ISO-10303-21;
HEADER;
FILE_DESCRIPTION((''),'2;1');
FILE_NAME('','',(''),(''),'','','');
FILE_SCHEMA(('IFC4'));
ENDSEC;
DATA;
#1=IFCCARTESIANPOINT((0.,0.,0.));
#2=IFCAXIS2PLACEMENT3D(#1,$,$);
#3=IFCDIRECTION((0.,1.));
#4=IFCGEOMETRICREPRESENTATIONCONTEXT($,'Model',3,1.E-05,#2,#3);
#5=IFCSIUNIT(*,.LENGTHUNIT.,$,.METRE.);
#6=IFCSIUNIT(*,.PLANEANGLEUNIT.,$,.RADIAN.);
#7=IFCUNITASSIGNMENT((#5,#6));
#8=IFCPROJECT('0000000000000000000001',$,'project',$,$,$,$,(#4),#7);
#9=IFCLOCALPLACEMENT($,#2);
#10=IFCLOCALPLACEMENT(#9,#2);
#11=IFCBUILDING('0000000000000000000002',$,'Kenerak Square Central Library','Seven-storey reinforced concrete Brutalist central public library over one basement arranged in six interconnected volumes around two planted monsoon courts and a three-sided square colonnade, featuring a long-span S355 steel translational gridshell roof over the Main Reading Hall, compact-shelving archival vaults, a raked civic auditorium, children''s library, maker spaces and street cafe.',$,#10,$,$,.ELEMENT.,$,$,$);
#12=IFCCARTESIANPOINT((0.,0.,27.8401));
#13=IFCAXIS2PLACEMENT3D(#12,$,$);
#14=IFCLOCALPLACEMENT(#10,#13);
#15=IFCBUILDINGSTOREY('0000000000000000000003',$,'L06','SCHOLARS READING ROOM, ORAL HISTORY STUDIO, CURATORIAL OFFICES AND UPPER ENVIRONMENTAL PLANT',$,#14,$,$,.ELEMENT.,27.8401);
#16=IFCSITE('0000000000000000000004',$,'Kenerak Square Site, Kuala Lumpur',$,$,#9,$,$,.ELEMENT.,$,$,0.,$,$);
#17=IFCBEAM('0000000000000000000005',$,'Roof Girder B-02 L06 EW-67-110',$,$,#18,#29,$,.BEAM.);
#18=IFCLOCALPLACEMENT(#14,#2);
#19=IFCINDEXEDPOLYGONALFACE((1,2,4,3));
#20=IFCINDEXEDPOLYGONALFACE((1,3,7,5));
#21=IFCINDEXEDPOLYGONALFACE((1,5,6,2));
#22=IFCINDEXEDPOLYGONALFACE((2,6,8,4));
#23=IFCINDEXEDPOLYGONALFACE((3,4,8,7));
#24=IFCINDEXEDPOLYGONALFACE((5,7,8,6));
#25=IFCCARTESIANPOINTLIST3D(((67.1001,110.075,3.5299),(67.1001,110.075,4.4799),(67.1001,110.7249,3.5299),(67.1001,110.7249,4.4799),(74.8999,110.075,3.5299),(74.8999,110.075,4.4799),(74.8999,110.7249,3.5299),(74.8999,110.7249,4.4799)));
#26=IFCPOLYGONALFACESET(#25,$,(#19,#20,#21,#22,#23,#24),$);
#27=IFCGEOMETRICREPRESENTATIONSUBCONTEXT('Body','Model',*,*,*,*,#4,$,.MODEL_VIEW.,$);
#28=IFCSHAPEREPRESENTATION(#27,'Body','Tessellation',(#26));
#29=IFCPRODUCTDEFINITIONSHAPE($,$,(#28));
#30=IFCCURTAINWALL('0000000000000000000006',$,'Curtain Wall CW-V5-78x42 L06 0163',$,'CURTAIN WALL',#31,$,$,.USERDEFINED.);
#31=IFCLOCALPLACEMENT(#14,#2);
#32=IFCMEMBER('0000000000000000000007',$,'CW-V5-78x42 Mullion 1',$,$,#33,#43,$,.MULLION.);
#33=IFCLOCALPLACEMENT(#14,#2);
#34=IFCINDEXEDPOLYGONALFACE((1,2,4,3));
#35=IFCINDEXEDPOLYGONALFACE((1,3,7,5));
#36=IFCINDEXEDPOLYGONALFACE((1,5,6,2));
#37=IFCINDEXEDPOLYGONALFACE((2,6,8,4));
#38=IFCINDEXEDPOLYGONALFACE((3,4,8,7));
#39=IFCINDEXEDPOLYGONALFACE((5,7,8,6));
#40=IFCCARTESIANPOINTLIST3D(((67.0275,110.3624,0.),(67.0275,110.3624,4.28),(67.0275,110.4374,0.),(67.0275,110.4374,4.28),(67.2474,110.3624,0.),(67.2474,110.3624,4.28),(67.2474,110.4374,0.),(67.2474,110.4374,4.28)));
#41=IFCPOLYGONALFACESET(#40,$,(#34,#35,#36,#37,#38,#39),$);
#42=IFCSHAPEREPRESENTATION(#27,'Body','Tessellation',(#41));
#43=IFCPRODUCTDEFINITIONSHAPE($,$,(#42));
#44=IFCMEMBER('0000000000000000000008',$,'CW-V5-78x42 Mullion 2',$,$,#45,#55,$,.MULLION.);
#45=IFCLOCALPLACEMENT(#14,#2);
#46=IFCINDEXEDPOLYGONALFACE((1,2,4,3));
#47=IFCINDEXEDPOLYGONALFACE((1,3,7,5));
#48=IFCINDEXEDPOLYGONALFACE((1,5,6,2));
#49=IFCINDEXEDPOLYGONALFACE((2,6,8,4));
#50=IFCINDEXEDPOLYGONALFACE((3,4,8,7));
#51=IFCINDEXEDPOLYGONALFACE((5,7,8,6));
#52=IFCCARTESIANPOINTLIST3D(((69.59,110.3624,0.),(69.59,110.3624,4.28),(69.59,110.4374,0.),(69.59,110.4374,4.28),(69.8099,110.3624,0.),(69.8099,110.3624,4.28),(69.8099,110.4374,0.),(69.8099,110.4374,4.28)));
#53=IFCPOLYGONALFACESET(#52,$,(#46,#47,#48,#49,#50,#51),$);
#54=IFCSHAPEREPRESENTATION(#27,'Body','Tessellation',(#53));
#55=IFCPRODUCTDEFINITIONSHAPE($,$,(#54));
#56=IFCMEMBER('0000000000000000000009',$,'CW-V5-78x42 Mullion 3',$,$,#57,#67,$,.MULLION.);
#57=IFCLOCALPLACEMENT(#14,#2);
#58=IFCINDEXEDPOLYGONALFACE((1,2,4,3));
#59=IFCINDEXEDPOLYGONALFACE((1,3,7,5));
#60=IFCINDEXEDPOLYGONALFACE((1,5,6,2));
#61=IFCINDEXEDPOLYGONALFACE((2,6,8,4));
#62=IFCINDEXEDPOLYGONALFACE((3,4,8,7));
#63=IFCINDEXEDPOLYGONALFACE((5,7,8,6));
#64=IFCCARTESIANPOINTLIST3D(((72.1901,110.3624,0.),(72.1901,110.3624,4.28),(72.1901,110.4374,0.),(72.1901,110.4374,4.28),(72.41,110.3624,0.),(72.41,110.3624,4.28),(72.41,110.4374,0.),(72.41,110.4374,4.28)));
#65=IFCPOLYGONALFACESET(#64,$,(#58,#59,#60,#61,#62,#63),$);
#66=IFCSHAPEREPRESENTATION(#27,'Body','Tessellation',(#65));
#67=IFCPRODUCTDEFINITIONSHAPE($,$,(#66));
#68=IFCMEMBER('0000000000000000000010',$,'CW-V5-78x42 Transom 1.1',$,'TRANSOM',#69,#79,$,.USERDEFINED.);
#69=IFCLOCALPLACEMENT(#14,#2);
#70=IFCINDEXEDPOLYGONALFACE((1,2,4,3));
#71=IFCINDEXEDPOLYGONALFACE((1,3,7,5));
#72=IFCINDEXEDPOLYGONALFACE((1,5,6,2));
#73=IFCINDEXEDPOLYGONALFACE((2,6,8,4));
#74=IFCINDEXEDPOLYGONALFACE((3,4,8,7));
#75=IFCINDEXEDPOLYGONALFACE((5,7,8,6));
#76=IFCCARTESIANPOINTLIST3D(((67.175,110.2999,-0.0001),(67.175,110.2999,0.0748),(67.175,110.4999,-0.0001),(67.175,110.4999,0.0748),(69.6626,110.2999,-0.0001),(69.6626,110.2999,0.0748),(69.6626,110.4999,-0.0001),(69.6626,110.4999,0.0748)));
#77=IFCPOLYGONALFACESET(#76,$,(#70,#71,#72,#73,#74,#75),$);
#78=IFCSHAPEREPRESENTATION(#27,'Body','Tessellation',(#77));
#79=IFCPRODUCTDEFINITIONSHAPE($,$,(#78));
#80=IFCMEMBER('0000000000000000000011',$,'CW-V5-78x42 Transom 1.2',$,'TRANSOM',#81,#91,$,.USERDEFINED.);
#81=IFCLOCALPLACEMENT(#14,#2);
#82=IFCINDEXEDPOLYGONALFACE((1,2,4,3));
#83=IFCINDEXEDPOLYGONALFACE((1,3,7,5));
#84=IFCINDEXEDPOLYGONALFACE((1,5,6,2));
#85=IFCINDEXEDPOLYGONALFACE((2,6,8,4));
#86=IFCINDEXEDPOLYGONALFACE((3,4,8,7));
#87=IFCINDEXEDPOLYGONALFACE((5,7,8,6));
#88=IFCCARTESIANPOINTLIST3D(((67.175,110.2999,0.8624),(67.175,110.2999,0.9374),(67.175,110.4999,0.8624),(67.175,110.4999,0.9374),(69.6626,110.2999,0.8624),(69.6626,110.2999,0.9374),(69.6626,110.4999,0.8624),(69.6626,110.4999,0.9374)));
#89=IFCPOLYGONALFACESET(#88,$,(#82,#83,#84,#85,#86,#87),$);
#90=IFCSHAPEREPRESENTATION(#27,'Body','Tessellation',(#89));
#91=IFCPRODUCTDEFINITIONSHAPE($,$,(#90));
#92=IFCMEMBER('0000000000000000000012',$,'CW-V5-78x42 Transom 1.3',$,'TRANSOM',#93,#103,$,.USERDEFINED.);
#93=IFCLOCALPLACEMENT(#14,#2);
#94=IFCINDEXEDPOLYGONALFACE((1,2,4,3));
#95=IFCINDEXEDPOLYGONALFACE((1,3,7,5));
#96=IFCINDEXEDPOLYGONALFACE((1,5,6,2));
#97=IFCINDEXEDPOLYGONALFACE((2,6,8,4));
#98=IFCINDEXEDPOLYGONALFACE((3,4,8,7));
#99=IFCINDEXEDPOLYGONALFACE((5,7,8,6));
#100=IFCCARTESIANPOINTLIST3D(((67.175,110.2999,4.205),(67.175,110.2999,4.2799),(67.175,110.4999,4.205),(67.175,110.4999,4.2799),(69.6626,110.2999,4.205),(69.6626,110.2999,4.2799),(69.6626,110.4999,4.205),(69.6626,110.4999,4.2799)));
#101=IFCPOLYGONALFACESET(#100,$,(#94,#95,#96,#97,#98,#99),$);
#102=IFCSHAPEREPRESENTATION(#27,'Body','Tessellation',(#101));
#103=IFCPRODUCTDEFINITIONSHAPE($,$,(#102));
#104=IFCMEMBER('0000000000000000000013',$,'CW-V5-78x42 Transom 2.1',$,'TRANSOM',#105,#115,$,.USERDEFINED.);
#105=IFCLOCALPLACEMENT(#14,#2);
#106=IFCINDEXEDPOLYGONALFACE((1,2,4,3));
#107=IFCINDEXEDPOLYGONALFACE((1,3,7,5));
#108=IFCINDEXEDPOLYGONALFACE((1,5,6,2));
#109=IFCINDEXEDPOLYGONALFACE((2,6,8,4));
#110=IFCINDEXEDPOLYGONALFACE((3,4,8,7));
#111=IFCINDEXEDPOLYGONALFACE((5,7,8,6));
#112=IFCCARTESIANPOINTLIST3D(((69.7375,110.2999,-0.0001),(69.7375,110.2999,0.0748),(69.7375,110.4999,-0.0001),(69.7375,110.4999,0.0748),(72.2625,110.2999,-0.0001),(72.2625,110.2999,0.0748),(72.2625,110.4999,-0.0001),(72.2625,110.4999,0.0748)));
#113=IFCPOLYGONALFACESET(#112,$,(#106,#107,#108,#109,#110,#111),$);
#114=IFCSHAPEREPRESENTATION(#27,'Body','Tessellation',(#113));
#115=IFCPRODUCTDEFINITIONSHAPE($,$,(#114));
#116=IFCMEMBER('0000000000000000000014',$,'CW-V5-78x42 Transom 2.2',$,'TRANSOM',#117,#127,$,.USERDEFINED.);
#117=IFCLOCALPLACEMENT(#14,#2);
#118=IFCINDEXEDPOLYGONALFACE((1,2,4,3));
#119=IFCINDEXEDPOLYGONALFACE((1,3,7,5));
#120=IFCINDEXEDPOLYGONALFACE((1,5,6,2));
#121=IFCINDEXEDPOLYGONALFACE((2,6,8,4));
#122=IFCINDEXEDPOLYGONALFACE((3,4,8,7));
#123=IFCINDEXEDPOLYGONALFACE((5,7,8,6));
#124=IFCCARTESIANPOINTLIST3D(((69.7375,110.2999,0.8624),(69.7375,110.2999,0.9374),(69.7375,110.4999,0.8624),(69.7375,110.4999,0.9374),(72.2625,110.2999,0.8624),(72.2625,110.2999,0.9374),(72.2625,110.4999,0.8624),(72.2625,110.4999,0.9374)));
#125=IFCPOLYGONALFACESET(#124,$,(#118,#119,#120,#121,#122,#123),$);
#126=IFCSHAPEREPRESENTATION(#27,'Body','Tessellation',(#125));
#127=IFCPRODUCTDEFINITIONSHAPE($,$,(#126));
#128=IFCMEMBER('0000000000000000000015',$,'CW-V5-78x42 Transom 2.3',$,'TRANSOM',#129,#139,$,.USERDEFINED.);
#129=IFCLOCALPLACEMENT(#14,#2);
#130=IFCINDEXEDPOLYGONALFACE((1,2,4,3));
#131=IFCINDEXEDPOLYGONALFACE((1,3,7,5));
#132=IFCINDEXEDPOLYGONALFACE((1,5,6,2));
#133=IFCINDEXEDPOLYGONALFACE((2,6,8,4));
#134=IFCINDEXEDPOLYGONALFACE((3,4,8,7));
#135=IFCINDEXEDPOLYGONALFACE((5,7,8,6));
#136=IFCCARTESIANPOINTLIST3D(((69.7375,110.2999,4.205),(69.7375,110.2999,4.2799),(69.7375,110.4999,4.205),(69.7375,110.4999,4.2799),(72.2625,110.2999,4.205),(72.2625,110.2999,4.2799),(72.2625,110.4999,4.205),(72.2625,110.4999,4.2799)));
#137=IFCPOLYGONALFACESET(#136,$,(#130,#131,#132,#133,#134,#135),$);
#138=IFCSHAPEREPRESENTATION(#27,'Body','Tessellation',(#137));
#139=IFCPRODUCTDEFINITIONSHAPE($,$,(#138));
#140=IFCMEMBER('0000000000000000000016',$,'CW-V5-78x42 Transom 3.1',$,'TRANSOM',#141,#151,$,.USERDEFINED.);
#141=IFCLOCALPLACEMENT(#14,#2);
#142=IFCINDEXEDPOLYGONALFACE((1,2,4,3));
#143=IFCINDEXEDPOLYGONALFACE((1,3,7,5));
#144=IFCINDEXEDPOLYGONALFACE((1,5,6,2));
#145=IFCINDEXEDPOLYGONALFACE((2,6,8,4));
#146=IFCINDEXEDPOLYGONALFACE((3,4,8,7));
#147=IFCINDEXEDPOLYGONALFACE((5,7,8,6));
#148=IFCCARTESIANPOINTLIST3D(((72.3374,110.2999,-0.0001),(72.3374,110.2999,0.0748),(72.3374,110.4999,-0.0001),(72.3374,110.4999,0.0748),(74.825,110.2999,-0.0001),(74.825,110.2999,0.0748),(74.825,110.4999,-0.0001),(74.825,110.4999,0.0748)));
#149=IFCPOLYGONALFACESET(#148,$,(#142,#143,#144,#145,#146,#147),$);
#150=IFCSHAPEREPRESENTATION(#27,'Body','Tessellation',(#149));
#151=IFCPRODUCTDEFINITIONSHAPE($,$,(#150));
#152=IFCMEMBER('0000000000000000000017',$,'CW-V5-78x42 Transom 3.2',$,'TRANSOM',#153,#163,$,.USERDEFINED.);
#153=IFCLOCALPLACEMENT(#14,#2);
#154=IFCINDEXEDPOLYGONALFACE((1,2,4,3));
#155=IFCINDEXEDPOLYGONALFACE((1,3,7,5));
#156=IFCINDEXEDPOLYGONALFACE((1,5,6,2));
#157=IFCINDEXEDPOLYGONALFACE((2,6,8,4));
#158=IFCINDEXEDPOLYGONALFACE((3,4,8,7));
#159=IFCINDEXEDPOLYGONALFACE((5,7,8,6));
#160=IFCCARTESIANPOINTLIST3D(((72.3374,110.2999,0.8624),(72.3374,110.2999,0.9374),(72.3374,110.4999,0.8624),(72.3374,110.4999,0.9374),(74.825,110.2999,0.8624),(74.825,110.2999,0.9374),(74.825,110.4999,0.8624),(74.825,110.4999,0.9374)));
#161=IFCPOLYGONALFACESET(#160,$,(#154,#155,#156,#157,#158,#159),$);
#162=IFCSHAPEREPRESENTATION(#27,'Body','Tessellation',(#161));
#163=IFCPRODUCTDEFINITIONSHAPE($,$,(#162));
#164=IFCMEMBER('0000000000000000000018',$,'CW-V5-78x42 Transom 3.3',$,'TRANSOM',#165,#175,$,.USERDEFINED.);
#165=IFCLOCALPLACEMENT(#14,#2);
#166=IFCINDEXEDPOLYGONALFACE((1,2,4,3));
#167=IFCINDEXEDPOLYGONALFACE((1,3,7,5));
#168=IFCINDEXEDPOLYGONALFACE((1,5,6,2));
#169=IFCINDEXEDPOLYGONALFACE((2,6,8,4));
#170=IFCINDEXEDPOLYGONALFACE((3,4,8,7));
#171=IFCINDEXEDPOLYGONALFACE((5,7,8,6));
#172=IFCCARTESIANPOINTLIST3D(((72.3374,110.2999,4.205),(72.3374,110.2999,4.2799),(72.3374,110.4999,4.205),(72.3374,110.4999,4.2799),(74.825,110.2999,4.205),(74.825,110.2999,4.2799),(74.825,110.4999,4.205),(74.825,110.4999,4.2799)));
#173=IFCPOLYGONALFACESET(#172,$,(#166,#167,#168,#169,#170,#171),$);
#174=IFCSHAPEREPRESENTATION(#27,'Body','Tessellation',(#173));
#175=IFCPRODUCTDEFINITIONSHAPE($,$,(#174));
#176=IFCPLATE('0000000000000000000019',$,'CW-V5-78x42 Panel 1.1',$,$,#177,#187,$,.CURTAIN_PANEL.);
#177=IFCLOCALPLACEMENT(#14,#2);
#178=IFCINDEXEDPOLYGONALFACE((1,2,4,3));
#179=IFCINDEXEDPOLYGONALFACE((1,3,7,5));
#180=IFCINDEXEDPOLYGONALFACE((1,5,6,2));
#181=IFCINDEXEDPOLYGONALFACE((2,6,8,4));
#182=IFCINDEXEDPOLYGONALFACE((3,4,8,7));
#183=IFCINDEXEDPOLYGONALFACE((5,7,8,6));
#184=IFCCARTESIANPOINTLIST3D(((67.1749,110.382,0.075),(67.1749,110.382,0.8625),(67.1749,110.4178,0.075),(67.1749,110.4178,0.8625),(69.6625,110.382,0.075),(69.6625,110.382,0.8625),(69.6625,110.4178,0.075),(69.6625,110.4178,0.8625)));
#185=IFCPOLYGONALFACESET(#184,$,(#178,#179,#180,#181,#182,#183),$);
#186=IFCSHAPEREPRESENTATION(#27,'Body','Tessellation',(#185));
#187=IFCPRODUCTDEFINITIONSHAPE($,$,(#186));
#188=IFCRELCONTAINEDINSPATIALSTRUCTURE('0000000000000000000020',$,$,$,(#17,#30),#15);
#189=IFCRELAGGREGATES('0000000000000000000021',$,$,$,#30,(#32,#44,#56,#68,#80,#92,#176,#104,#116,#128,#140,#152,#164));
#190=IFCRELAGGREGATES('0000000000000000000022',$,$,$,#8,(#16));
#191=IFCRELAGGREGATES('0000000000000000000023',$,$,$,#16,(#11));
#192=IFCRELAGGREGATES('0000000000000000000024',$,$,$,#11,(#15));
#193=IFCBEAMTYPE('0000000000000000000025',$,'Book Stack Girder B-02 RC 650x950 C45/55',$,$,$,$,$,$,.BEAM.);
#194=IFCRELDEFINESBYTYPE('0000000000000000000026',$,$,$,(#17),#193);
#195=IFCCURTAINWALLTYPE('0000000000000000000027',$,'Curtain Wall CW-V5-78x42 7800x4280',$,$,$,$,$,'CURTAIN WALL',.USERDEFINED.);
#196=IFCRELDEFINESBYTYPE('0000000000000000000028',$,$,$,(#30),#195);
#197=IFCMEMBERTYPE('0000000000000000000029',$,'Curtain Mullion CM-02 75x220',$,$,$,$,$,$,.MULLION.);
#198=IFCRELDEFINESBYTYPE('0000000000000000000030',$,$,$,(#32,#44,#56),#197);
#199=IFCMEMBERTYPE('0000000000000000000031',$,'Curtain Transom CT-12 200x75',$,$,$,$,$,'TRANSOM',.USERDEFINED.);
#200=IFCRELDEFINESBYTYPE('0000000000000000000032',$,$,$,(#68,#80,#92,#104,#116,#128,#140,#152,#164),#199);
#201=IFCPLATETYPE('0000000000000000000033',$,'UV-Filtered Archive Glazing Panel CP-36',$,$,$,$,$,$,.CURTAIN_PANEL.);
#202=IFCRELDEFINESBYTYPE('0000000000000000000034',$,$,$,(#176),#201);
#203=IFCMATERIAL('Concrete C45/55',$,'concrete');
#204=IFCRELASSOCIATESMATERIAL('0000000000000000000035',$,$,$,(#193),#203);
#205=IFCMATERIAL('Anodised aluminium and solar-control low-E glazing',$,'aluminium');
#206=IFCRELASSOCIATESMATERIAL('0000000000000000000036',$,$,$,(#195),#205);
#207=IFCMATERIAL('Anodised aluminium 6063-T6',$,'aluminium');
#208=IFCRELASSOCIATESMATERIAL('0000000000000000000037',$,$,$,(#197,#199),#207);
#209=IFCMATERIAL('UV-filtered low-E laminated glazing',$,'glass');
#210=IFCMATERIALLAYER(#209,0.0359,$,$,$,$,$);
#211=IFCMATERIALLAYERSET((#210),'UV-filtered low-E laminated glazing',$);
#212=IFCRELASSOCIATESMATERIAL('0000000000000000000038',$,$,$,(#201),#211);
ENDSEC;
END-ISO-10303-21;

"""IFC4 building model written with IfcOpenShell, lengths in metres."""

from ifc_helpers import new_model, si_unit, direction, frame, origin, origin_2d, place, context, subcontext, project, spatial, rectangle, extrude, material, layer, layer_set, material_profile, profile_set, type_object, element, aggregate, save


model = new_model("IFC4")

# Units and contexts
model_context = context("Model", 3, precision=1e-05, world=origin(), true_north=direction((0.0, 1.0)))
body_context = subcontext(model_context, "Body", "Model", "MODEL_VIEW")
ifc_project = project(units=[si_unit("LENGTHUNIT", "METRE"), si_unit("PLANEANGLEUNIT", "RADIAN")], contexts=[model_context])

# Site, building, storey
site_placement = place(None, origin())
site = spatial("IfcSite", under=ifc_project, at=site_placement, Name="Kenerak Square Site, Kuala Lumpur", CompositionType="ELEMENT", RefElevation=0.0)
building_placement = place(site_placement, origin())
building = spatial("IfcBuilding", under=site, at=building_placement, Name="Kenerak Square Central Library", Description="Seven-storey reinforced concrete Brutalist central public library over one basement arranged in six interconnected volumes around two planted monsoon courts and a three-sided square colonnade, featuring a long-span S355 steel translational gridshell roof over the Main Reading Hall, compact-shelving archival vaults, a raked civic auditorium, children's library, maker spaces and street cafe.", CompositionType="ELEMENT")
storey_placement = place(building_placement, frame((0.0, 0.0, 27.8401)))
storey = spatial("IfcBuildingStorey", under=building, at=storey_placement, Name="L06", Description="SCHOLARS READING ROOM, ORAL HISTORY STUDIO, CURATORIAL OFFICES AND UPPER ENVIRONMENTAL PLANT", CompositionType="ELEMENT", Elevation=27.8401)

# Beam
ifc_material_1 = material(Name="Concrete C45/55", Category="concrete")
ifc_material_profile_1 = material_profile(ifc_material_1, rectangle(XDim=0.6499, YDim=0.95, at=origin_2d()), Name="RC 650x950")
ifc_profile_set_1 = profile_set([ifc_material_profile_1], Name="Concrete C45/55")
beam_type = type_object("IfcBeamType", Name="Book Stack Girder B-02 RC 650x950 C45/55", PredefinedType="BEAM", material=ifc_profile_set_1)
beam_placement = place(storey_placement, frame((67.1001, 110.3999, 4.0049), z_axis=(1.0, 0.0, 0.0), x_axis=(0.0, 1.0, 0.0)))
element("IfcBeam", 1, at=beam_placement, inside=storey, type_object=beam_type, Name="Roof Girder B-02 L06 EW-67-110", PredefinedType="BEAM", context=body_context, shape_type="SweptSolid", body=[
    extrude(rectangle(XDim=0.6499, YDim=0.95, at=origin_2d()), origin(), (0.0, 0.0, 1.0), 7.7998),
])

# Curtain wall, members, plate
ifc_material_2 = material(Name="Anodised aluminium and solar-control low-E glazing", Category="aluminium")
curtain_wall_type = type_object("IfcCurtainWallType", Name="Curtain Wall CW-V5-78x42 7800x4280", ElementType="CURTAIN WALL", PredefinedType="USERDEFINED", material=ifc_material_2)
curtain_wall_placement = place(storey_placement, origin())
curtain_wall = element("IfcCurtainWall", 2, at=curtain_wall_placement, inside=storey, type_object=curtain_wall_type, Name="Curtain Wall CW-V5-78x42 L06 0163", ObjectType="CURTAIN WALL", PredefinedType="USERDEFINED")
ifc_material_3 = material(Name="Anodised aluminium 6063-T6", Category="aluminium")
ifc_material_profile_2 = material_profile(ifc_material_3, rectangle(XDim=0.075, YDim=0.22, at=origin_2d()), Name="AL MULLION 75x220")
ifc_profile_set_2 = profile_set([ifc_material_profile_2], Name="Anodised aluminium 6063-T6")
member_type_1 = type_object("IfcMemberType", Name="Curtain Mullion CM-02 75x220", PredefinedType="MULLION", material=ifc_profile_set_2)
member_1_placement = place(storey_placement, frame((67.1375, 110.3999, 0.0), z_axis=(0.0, 0.0, 1.0), x_axis=(0.0, 1.0, 0.0)))
member_1 = element("IfcMember", 3, at=member_1_placement, type_object=member_type_1, Name="CW-V5-78x42 Mullion 1", PredefinedType="MULLION", context=body_context, shape_type="SweptSolid", body=[
    extrude(rectangle(XDim=0.075, YDim=0.22, at=origin_2d()), origin(), (0.0, 0.0, 1.0), 4.28),
])
member_2_placement = place(storey_placement, frame((69.7, 110.3999, 0.0), z_axis=(0.0, 0.0, 1.0), x_axis=(0.0, 1.0, 0.0)))
member_2 = element("IfcMember", 4, at=member_2_placement, type_object=member_type_1, Name="CW-V5-78x42 Mullion 2", PredefinedType="MULLION", context=body_context, shape_type="SweptSolid", body=[
    extrude(rectangle(XDim=0.075, YDim=0.22, at=origin_2d()), origin(), (0.0, 0.0, 1.0), 4.28),
])
member_3_placement = place(storey_placement, frame((72.3, 110.3999, 0.0), z_axis=(0.0, 0.0, 1.0), x_axis=(0.0, 1.0, 0.0)))
member_3 = element("IfcMember", 5, at=member_3_placement, type_object=member_type_1, Name="CW-V5-78x42 Mullion 3", PredefinedType="MULLION", context=body_context, shape_type="SweptSolid", body=[
    extrude(rectangle(XDim=0.075, YDim=0.22, at=origin_2d()), origin(), (0.0, 0.0, 1.0), 4.28),
])
ifc_material_profile_3 = material_profile(ifc_material_3, rectangle(XDim=0.2, YDim=0.075, at=origin_2d()), Name="AL TRANSOM 200x75")
ifc_profile_set_3 = profile_set([ifc_material_profile_3], Name="Anodised aluminium 6063-T6")
member_type_2 = type_object("IfcMemberType", Name="Curtain Transom CT-12 200x75", ElementType="TRANSOM", PredefinedType="USERDEFINED", material=ifc_profile_set_3)
member_4_placement = place(storey_placement, frame((67.175, 110.3999, 0.0374), z_axis=(1.0, 0.0, 0.0), x_axis=(0.0, 1.0, 0.0)))
member_4 = element("IfcMember", 6, at=member_4_placement, type_object=member_type_2, Name="CW-V5-78x42 Transom 1.1", ObjectType="TRANSOM", PredefinedType="USERDEFINED", context=body_context, shape_type="SweptSolid", body=[
    extrude(rectangle(XDim=0.2, YDim=0.075, at=origin_2d()), origin(), (0.0, 0.0, 1.0), 2.4875),
])
member_5_placement = place(storey_placement, frame((67.175, 110.3999, 0.8999), z_axis=(1.0, 0.0, 0.0), x_axis=(0.0, 1.0, 0.0)))
member_5 = element("IfcMember", 7, at=member_5_placement, type_object=member_type_2, Name="CW-V5-78x42 Transom 1.2", ObjectType="TRANSOM", PredefinedType="USERDEFINED", context=body_context, shape_type="SweptSolid", body=[
    extrude(rectangle(XDim=0.2, YDim=0.075, at=origin_2d()), origin(), (0.0, 0.0, 1.0), 2.4875),
])
member_6_placement = place(storey_placement, frame((67.175, 110.3999, 4.2424), z_axis=(1.0, 0.0, 0.0), x_axis=(0.0, 1.0, 0.0)))
member_6 = element("IfcMember", 8, at=member_6_placement, type_object=member_type_2, Name="CW-V5-78x42 Transom 1.3", ObjectType="TRANSOM", PredefinedType="USERDEFINED", context=body_context, shape_type="SweptSolid", body=[
    extrude(rectangle(XDim=0.2, YDim=0.075, at=origin_2d()), origin(), (0.0, 0.0, 1.0), 2.4875),
])
member_7_placement = place(storey_placement, frame((69.7375, 110.3999, 0.0374), z_axis=(1.0, 0.0, 0.0), x_axis=(0.0, 1.0, 0.0)))
member_7 = element("IfcMember", 9, at=member_7_placement, type_object=member_type_2, Name="CW-V5-78x42 Transom 2.1", ObjectType="TRANSOM", PredefinedType="USERDEFINED", context=body_context, shape_type="SweptSolid", body=[
    extrude(rectangle(XDim=0.2, YDim=0.075, at=origin_2d()), origin(), (0.0, 0.0, 1.0), 2.5249),
])
member_8_placement = place(storey_placement, frame((69.7375, 110.3999, 0.8999), z_axis=(1.0, 0.0, 0.0), x_axis=(0.0, 1.0, 0.0)))
member_8 = element("IfcMember", 10, at=member_8_placement, type_object=member_type_2, Name="CW-V5-78x42 Transom 2.2", ObjectType="TRANSOM", PredefinedType="USERDEFINED", context=body_context, shape_type="SweptSolid", body=[
    extrude(rectangle(XDim=0.2, YDim=0.075, at=origin_2d()), origin(), (0.0, 0.0, 1.0), 2.5249),
])
member_9_placement = place(storey_placement, frame((69.7375, 110.3999, 4.2424), z_axis=(1.0, 0.0, 0.0), x_axis=(0.0, 1.0, 0.0)))
member_9 = element("IfcMember", 11, at=member_9_placement, type_object=member_type_2, Name="CW-V5-78x42 Transom 2.3", ObjectType="TRANSOM", PredefinedType="USERDEFINED", context=body_context, shape_type="SweptSolid", body=[
    extrude(rectangle(XDim=0.2, YDim=0.075, at=origin_2d()), origin(), (0.0, 0.0, 1.0), 2.5249),
])
member_10_placement = place(storey_placement, frame((72.3374, 110.3999, 0.0374), z_axis=(1.0, 0.0, 0.0), x_axis=(0.0, 1.0, 0.0)))
member_10 = element("IfcMember", 12, at=member_10_placement, type_object=member_type_2, Name="CW-V5-78x42 Transom 3.1", ObjectType="TRANSOM", PredefinedType="USERDEFINED", context=body_context, shape_type="SweptSolid", body=[
    extrude(rectangle(XDim=0.2, YDim=0.075, at=origin_2d()), origin(), (0.0, 0.0, 1.0), 2.4875),
])
member_11_placement = place(storey_placement, frame((72.3374, 110.3999, 0.8999), z_axis=(1.0, 0.0, 0.0), x_axis=(0.0, 1.0, 0.0)))
member_11 = element("IfcMember", 13, at=member_11_placement, type_object=member_type_2, Name="CW-V5-78x42 Transom 3.2", ObjectType="TRANSOM", PredefinedType="USERDEFINED", context=body_context, shape_type="SweptSolid", body=[
    extrude(rectangle(XDim=0.2, YDim=0.075, at=origin_2d()), origin(), (0.0, 0.0, 1.0), 2.4875),
])
member_12_placement = place(storey_placement, frame((72.3374, 110.3999, 4.2424), z_axis=(1.0, 0.0, 0.0), x_axis=(0.0, 1.0, 0.0)))
member_12 = element("IfcMember", 14, at=member_12_placement, type_object=member_type_2, Name="CW-V5-78x42 Transom 3.3", ObjectType="TRANSOM", PredefinedType="USERDEFINED", context=body_context, shape_type="SweptSolid", body=[
    extrude(rectangle(XDim=0.2, YDim=0.075, at=origin_2d()), origin(), (0.0, 0.0, 1.0), 2.4875),
])
ifc_material_4 = material(Name="UV-filtered low-E laminated glazing", Category="glass")
ifc_layer_1 = layer(ifc_material_4, 0.0359)
ifc_layer_set_1 = layer_set([ifc_layer_1], Name="UV-filtered low-E laminated glazing")
plate_type = type_object("IfcPlateType", Name="UV-Filtered Archive Glazing Panel CP-36", PredefinedType="CURTAIN_PANEL", material=ifc_layer_set_1)
plate_1_placement = place(storey_placement, frame((68.4187, 110.3999, 0.075), z_axis=(0.0, 0.0, 1.0), x_axis=(1.0, 0.0, 0.0)))
plate_1 = element("IfcPlate", 15, at=plate_1_placement, type_object=plate_type, Name="CW-V5-78x42 Panel 1.1", PredefinedType="CURTAIN_PANEL", context=body_context, shape_type="SweptSolid", body=[
    extrude(rectangle(XDim=2.4875, YDim=0.0359, at=origin_2d()), origin(), (0.0, 0.0, 1.0), 0.7876),
])
aggregate(curtain_wall, [member_1, member_2, member_3, member_4, member_5, member_6, plate_1, member_7, member_8, member_9, member_10, member_11, member_12])

save(model, "model.ifc")
